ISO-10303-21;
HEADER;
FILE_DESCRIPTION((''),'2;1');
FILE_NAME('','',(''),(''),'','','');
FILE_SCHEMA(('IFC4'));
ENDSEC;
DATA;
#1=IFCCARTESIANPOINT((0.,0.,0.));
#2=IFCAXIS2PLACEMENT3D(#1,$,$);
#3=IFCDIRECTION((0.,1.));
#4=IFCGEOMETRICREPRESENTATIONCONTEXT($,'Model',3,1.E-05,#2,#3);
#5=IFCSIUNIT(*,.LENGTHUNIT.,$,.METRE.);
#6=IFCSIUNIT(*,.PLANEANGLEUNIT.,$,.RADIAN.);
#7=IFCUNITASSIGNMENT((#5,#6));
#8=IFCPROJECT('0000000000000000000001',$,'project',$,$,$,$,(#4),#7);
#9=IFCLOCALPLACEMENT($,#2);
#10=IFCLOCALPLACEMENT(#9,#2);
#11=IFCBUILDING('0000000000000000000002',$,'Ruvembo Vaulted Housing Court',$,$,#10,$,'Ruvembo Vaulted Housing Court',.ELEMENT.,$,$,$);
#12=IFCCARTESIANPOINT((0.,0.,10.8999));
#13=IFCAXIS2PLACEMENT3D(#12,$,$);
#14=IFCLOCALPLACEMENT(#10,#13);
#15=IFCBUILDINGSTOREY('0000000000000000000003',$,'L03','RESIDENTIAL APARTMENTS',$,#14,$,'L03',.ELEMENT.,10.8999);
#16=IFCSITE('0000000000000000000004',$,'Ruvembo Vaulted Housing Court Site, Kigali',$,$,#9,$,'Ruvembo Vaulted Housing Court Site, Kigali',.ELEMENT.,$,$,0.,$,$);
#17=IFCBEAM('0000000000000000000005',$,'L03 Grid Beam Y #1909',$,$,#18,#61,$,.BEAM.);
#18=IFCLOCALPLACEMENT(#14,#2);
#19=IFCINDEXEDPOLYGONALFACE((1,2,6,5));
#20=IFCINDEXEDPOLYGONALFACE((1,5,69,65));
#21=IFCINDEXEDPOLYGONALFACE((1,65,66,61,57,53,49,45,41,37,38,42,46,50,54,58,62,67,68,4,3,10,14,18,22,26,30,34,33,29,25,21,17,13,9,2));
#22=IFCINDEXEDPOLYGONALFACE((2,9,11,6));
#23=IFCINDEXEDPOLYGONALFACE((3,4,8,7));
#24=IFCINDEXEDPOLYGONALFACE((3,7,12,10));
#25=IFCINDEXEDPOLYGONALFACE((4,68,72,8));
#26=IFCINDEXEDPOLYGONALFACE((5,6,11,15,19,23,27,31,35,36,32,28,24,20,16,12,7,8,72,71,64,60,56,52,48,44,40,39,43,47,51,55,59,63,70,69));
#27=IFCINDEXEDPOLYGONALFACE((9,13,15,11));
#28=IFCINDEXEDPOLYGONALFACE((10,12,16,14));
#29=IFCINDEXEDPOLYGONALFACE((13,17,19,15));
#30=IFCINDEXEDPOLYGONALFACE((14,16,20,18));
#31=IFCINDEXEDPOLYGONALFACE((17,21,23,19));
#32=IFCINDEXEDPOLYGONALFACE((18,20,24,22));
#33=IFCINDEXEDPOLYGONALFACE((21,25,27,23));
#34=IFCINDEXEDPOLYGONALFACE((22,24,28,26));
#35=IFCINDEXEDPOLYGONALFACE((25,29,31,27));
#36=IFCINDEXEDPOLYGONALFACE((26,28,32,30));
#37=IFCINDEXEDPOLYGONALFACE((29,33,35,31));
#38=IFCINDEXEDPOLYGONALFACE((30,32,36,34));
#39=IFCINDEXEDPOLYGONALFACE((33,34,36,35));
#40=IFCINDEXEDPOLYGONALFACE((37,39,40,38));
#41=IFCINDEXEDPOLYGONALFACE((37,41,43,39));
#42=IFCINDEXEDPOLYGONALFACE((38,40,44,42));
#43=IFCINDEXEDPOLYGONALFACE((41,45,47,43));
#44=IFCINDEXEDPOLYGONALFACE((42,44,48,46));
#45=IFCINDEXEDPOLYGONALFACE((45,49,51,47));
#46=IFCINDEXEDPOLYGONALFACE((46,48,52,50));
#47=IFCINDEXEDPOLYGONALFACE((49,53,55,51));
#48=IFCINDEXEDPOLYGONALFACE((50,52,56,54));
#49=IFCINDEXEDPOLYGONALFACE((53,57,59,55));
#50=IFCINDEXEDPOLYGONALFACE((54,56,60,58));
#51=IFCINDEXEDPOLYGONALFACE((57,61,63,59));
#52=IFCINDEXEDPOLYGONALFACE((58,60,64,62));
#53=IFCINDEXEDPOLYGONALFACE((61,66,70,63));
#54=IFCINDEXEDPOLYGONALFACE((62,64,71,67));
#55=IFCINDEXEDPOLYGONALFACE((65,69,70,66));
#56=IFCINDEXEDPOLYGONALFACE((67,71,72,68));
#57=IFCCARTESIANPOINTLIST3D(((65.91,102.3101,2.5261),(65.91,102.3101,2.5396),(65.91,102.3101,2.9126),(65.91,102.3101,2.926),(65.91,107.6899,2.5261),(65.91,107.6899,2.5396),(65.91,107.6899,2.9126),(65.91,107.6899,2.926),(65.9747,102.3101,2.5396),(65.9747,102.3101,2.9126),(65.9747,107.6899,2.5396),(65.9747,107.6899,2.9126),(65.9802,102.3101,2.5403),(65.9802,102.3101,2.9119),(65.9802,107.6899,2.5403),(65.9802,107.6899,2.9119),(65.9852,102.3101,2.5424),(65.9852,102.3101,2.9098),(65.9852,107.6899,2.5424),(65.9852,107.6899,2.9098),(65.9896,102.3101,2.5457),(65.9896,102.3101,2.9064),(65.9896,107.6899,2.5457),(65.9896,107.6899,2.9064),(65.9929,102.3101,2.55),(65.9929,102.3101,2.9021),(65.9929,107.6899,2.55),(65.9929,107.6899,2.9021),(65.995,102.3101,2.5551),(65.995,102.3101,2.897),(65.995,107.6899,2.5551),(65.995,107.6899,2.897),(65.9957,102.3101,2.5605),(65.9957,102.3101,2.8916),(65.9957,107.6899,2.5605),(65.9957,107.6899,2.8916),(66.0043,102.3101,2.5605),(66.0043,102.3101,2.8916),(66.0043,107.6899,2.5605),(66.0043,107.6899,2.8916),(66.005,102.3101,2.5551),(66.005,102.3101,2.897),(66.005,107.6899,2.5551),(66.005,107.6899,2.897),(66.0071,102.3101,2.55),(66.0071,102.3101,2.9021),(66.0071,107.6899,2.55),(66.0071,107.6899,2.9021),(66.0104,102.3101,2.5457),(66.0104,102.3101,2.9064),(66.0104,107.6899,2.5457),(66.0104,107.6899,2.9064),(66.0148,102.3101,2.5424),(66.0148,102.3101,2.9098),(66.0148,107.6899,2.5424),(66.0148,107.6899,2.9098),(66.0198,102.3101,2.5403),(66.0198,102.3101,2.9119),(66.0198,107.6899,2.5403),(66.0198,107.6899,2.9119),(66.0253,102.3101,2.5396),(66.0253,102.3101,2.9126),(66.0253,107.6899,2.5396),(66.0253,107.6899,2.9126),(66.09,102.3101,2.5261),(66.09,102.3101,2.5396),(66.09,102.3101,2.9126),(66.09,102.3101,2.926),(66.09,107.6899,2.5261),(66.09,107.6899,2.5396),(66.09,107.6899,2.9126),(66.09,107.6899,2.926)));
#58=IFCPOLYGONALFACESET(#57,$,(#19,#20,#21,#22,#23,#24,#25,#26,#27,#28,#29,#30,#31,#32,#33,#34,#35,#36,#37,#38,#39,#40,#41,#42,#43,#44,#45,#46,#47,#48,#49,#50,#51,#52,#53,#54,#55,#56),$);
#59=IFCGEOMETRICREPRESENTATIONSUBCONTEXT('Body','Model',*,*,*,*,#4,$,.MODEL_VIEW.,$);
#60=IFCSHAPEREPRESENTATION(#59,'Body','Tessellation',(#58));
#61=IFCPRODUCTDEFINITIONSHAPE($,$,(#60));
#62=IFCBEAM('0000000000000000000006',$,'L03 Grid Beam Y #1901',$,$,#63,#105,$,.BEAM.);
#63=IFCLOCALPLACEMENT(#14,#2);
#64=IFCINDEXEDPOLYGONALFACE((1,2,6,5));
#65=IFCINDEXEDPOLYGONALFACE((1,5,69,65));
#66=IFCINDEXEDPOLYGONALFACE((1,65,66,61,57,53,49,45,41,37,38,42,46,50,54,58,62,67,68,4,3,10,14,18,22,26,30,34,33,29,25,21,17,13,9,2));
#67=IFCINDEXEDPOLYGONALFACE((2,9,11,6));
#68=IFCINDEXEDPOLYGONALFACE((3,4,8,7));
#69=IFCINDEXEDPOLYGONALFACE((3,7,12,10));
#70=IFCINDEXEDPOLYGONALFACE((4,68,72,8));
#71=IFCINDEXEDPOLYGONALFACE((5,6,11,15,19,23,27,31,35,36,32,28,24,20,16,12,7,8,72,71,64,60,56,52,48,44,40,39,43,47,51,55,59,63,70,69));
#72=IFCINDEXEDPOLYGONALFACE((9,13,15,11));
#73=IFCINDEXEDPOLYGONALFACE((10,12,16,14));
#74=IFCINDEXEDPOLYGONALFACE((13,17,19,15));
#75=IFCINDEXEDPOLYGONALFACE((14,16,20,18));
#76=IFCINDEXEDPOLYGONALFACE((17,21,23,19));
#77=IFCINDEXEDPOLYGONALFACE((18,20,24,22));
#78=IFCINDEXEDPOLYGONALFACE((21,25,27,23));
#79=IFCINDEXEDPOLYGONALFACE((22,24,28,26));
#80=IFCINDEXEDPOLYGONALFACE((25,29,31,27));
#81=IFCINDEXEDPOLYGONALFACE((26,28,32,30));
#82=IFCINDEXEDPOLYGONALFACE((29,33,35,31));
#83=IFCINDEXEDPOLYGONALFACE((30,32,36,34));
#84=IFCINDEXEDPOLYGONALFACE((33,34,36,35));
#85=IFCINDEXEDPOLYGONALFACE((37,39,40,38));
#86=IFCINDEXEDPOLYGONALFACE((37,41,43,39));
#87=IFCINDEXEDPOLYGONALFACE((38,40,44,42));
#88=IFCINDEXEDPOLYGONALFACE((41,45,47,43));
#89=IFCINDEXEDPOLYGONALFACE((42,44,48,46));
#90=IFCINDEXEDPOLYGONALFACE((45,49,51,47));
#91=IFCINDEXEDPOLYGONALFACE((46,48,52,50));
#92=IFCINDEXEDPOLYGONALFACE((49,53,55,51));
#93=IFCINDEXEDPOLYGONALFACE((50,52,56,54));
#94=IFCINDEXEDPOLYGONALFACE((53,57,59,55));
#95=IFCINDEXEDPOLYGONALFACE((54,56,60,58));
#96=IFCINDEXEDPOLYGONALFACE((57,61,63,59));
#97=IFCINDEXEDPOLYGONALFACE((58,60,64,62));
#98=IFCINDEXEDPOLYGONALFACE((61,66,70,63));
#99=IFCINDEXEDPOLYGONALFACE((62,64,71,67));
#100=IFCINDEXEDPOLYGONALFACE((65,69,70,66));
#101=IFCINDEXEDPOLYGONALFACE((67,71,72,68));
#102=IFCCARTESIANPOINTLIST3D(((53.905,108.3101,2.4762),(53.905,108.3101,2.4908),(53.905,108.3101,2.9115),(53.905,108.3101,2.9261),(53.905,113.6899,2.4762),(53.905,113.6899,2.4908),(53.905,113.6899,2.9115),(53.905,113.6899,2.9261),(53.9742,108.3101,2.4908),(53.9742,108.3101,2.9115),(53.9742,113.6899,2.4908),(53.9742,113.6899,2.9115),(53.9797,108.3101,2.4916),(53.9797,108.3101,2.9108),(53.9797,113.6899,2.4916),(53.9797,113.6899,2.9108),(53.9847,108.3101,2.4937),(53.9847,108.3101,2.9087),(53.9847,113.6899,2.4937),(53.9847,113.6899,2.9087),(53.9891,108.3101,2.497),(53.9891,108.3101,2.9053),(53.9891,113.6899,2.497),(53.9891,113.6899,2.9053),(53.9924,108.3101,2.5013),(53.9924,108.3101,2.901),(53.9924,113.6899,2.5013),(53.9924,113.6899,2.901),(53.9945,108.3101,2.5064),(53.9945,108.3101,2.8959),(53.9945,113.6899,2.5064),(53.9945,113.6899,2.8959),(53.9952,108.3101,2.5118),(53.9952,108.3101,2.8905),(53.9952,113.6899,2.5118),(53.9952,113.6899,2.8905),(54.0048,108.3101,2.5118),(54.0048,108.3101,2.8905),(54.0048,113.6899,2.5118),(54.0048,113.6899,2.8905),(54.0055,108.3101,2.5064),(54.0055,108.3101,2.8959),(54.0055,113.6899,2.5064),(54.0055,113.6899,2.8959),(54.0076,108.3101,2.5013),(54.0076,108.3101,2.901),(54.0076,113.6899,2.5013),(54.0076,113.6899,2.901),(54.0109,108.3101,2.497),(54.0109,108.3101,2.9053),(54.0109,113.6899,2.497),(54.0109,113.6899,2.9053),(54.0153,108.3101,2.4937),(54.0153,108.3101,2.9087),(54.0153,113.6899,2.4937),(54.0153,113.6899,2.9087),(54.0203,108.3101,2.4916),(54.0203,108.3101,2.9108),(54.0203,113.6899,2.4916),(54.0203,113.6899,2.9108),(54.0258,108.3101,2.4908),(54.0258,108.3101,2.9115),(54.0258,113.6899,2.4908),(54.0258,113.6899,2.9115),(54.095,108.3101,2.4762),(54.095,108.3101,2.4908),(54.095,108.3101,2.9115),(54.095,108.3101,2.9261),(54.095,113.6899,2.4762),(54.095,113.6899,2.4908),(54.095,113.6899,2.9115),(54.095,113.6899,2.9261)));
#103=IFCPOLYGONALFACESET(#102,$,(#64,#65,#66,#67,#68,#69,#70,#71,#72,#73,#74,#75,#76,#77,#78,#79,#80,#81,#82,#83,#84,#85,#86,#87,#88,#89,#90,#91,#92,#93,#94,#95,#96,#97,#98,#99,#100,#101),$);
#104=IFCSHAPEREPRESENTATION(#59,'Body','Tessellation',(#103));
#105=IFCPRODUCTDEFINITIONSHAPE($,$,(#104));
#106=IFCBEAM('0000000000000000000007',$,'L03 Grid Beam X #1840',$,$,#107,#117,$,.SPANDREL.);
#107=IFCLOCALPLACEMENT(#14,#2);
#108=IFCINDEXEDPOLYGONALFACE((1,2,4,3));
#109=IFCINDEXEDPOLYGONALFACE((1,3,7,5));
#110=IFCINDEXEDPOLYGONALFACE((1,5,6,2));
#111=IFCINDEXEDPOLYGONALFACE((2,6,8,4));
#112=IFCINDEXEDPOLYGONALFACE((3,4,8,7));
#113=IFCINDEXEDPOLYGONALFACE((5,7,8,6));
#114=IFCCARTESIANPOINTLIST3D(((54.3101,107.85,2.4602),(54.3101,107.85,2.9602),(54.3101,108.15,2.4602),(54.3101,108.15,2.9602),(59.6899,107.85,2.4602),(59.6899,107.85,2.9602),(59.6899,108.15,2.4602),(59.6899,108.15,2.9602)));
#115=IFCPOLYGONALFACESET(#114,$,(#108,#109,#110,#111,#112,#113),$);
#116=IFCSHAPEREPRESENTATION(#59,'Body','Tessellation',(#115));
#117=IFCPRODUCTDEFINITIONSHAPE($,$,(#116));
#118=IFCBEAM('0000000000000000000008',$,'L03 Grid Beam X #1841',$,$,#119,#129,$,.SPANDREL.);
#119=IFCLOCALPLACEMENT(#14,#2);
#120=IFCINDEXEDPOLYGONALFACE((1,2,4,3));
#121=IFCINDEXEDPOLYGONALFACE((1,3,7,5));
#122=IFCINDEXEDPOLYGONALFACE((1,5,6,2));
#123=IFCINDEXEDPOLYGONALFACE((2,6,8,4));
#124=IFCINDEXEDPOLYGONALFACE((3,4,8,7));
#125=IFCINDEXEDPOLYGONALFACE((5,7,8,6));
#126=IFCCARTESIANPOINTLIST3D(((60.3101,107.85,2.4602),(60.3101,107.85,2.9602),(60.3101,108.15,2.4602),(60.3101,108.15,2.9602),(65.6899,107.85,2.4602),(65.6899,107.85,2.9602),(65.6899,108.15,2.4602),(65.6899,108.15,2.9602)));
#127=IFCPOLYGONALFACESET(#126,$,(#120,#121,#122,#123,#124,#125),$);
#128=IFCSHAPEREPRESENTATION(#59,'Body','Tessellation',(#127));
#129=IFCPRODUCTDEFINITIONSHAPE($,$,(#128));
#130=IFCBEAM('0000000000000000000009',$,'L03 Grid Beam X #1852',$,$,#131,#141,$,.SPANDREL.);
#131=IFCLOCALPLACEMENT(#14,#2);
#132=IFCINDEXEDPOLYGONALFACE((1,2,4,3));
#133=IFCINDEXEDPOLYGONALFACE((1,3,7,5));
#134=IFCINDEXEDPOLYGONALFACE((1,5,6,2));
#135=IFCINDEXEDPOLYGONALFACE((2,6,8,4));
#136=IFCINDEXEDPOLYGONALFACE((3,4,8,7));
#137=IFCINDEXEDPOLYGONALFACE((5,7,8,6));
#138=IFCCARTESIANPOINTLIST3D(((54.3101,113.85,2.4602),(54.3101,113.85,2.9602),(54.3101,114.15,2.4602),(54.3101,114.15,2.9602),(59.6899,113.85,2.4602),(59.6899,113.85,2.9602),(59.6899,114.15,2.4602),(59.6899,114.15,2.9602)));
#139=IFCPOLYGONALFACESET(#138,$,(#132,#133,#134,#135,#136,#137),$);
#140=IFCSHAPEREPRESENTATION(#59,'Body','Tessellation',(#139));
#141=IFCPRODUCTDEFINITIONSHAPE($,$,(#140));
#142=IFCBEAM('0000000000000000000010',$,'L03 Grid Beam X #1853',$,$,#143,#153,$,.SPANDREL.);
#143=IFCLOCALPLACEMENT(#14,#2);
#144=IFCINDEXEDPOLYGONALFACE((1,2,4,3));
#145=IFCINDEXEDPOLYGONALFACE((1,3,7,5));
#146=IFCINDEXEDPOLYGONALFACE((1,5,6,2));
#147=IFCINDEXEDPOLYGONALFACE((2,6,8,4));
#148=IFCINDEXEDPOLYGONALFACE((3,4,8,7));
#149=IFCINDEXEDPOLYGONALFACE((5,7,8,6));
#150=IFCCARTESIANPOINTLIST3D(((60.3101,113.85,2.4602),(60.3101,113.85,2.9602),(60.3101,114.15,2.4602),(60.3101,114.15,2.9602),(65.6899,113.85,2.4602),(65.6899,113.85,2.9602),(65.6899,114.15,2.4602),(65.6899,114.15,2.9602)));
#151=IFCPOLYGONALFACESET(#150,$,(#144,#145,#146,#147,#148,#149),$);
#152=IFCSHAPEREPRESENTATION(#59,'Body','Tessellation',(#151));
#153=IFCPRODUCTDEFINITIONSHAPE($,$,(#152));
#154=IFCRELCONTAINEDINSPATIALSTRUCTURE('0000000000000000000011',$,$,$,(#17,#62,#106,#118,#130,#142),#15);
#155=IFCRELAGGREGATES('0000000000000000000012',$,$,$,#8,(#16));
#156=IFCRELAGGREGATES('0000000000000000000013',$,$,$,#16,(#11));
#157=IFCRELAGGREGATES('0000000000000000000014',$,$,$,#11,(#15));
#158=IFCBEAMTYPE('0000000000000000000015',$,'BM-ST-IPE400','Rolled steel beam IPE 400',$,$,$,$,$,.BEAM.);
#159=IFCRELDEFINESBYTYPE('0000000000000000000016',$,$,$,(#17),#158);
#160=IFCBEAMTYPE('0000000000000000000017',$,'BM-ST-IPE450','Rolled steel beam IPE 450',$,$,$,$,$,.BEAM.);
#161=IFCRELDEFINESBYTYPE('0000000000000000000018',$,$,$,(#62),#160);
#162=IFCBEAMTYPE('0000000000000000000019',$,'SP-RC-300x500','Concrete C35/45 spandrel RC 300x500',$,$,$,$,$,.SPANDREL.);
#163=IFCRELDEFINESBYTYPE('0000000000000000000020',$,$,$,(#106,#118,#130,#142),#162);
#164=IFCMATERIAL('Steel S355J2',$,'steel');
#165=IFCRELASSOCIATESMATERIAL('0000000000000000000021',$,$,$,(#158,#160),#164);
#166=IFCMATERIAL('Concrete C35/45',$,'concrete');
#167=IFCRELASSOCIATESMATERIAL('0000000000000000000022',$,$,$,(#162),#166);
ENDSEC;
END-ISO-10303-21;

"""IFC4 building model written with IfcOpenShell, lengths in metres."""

from ifc_helpers import new_model, si_unit, direction, frame, origin, origin_2d, place, context, subcontext, project, spatial, rectangle, i_section, extrude, material, material_profile, profile_set, type_object, element, save


model = new_model("IFC4")

# Units and contexts
model_context = context("Model", 3, precision=1e-05, world=origin(), true_north=direction((0.0, 1.0)))
body_context = subcontext(model_context, "Body", "Model", "MODEL_VIEW")
ifc_project = project(units=[si_unit("LENGTHUNIT", "METRE"), si_unit("PLANEANGLEUNIT", "RADIAN")], contexts=[model_context])

# Site, building, storey
site_placement = place(None, origin())
site = spatial("IfcSite", under=ifc_project, at=site_placement, Name="Ruvembo Vaulted Housing Court Site, Kigali", LongName="Ruvembo Vaulted Housing Court Site, Kigali", CompositionType="ELEMENT", RefElevation=0.0)
building_placement = place(site_placement, origin())
building = spatial("IfcBuilding", under=site, at=building_placement, Name="Ruvembo Vaulted Housing Court", LongName="Ruvembo Vaulted Housing Court", CompositionType="ELEMENT")
storey_placement = place(building_placement, frame((0.0, 0.0, 10.8999)))
storey = spatial("IfcBuildingStorey", under=building, at=storey_placement, Name="L03", Description="RESIDENTIAL APARTMENTS", LongName="L03", CompositionType="ELEMENT", Elevation=10.8999)

# Beams
ifc_material_1 = material(Name="Steel S355J2", Category="steel")
ifc_material_profile_1 = material_profile(ifc_material_1, i_section(OverallWidth=0.1799, OverallDepth=0.3999, WebThickness=0.0085, FlangeThickness=0.0134, FilletRadius=0.021, at=origin_2d()), Name="IPE 400")
ifc_profile_set_1 = profile_set([ifc_material_profile_1], Name="Steel S355J2")
beam_type_1 = type_object("IfcBeamType", Name="BM-ST-IPE400", Description="Rolled steel beam IPE 400", PredefinedType="BEAM", material=ifc_profile_set_1)
for number, where, z_axis, x_axis, name in (
    (1, (66.0, 102.3101, 2.7261), (0.0, 1.0, 0.0), (-1.0, 0.0, 0.0), "L03 Grid Beam Y #1909"),
):
    element("IfcBeam", number, at=place(storey_placement, frame(where, z_axis=z_axis, x_axis=x_axis)), inside=storey, type_object=beam_type_1, Name=name, PredefinedType="BEAM", context=body_context, shape_type="SweptSolid", body=[
        extrude(i_section(OverallWidth=0.1799, OverallDepth=0.3999, WebThickness=0.0085, FlangeThickness=0.0134, FilletRadius=0.021, at=origin_2d()), origin(), (0.0, 0.0, 1.0), 5.3799),
    ])
ifc_material_profile_2 = material_profile(ifc_material_1, i_section(OverallWidth=0.1899, OverallDepth=0.45, WebThickness=0.0095, FlangeThickness=0.0146, FilletRadius=0.021, at=origin_2d()), Name="IPE 450")
ifc_profile_set_2 = profile_set([ifc_material_profile_2], Name="Steel S355J2")
beam_type_2 = type_object("IfcBeamType", Name="BM-ST-IPE450", Description="Rolled steel beam IPE 450", PredefinedType="BEAM", material=ifc_profile_set_2)
beam_1_placement = place(storey_placement, frame((54.0, 108.3101, 2.7012), z_axis=(0.0, 1.0, 0.0), x_axis=(-1.0, 0.0, 0.0)))
element("IfcBeam", 2, at=beam_1_placement, inside=storey, type_object=beam_type_2, Name="L03 Grid Beam Y #1901", PredefinedType="BEAM", context=body_context, shape_type="SweptSolid", body=[
    extrude(i_section(OverallWidth=0.1899, OverallDepth=0.45, WebThickness=0.0095, FlangeThickness=0.0146, FilletRadius=0.021, at=origin_2d()), origin(), (0.0, 0.0, 1.0), 5.3799),
])
ifc_material_2 = material(Name="Concrete C35/45", Category="concrete")
ifc_material_profile_3 = material_profile(ifc_material_2, rectangle(XDim=0.3, YDim=0.5, at=origin_2d()), Name="RC 300x500")
ifc_profile_set_3 = profile_set([ifc_material_profile_3], Name="Concrete C35/45")
beam_type_3 = type_object("IfcBeamType", Name="SP-RC-300x500", Description="Concrete C35/45 spandrel RC 300x500", PredefinedType="SPANDREL", material=ifc_profile_set_3)
for number, where, z_axis, x_axis, name in (
    (3, (54.3101, 108.0, 2.7102), (1.0, 0.0, 0.0), (0.0, 1.0, 0.0), "L03 Grid Beam X #1840"),
    (4, (60.3101, 108.0, 2.7102), (1.0, 0.0, 0.0), (0.0, 1.0, 0.0), "L03 Grid Beam X #1841"),
    (5, (54.3101, 114.0, 2.7102), (1.0, 0.0, 0.0), (0.0, 1.0, 0.0), "L03 Grid Beam X #1852"),
    (6, (60.3101, 114.0, 2.7102), (1.0, 0.0, 0.0), (0.0, 1.0, 0.0), "L03 Grid Beam X #1853"),
):
    element("IfcBeam", number, at=place(storey_placement, frame(where, z_axis=z_axis, x_axis=x_axis)), inside=storey, type_object=beam_type_3, Name=name, PredefinedType="SPANDREL", context=body_context, shape_type="SweptSolid", body=[
        extrude(rectangle(XDim=0.3, YDim=0.5, at=origin_2d()), origin(), (0.0, 0.0, 1.0), 5.3799),
    ])

save(model, "model.ifc")
